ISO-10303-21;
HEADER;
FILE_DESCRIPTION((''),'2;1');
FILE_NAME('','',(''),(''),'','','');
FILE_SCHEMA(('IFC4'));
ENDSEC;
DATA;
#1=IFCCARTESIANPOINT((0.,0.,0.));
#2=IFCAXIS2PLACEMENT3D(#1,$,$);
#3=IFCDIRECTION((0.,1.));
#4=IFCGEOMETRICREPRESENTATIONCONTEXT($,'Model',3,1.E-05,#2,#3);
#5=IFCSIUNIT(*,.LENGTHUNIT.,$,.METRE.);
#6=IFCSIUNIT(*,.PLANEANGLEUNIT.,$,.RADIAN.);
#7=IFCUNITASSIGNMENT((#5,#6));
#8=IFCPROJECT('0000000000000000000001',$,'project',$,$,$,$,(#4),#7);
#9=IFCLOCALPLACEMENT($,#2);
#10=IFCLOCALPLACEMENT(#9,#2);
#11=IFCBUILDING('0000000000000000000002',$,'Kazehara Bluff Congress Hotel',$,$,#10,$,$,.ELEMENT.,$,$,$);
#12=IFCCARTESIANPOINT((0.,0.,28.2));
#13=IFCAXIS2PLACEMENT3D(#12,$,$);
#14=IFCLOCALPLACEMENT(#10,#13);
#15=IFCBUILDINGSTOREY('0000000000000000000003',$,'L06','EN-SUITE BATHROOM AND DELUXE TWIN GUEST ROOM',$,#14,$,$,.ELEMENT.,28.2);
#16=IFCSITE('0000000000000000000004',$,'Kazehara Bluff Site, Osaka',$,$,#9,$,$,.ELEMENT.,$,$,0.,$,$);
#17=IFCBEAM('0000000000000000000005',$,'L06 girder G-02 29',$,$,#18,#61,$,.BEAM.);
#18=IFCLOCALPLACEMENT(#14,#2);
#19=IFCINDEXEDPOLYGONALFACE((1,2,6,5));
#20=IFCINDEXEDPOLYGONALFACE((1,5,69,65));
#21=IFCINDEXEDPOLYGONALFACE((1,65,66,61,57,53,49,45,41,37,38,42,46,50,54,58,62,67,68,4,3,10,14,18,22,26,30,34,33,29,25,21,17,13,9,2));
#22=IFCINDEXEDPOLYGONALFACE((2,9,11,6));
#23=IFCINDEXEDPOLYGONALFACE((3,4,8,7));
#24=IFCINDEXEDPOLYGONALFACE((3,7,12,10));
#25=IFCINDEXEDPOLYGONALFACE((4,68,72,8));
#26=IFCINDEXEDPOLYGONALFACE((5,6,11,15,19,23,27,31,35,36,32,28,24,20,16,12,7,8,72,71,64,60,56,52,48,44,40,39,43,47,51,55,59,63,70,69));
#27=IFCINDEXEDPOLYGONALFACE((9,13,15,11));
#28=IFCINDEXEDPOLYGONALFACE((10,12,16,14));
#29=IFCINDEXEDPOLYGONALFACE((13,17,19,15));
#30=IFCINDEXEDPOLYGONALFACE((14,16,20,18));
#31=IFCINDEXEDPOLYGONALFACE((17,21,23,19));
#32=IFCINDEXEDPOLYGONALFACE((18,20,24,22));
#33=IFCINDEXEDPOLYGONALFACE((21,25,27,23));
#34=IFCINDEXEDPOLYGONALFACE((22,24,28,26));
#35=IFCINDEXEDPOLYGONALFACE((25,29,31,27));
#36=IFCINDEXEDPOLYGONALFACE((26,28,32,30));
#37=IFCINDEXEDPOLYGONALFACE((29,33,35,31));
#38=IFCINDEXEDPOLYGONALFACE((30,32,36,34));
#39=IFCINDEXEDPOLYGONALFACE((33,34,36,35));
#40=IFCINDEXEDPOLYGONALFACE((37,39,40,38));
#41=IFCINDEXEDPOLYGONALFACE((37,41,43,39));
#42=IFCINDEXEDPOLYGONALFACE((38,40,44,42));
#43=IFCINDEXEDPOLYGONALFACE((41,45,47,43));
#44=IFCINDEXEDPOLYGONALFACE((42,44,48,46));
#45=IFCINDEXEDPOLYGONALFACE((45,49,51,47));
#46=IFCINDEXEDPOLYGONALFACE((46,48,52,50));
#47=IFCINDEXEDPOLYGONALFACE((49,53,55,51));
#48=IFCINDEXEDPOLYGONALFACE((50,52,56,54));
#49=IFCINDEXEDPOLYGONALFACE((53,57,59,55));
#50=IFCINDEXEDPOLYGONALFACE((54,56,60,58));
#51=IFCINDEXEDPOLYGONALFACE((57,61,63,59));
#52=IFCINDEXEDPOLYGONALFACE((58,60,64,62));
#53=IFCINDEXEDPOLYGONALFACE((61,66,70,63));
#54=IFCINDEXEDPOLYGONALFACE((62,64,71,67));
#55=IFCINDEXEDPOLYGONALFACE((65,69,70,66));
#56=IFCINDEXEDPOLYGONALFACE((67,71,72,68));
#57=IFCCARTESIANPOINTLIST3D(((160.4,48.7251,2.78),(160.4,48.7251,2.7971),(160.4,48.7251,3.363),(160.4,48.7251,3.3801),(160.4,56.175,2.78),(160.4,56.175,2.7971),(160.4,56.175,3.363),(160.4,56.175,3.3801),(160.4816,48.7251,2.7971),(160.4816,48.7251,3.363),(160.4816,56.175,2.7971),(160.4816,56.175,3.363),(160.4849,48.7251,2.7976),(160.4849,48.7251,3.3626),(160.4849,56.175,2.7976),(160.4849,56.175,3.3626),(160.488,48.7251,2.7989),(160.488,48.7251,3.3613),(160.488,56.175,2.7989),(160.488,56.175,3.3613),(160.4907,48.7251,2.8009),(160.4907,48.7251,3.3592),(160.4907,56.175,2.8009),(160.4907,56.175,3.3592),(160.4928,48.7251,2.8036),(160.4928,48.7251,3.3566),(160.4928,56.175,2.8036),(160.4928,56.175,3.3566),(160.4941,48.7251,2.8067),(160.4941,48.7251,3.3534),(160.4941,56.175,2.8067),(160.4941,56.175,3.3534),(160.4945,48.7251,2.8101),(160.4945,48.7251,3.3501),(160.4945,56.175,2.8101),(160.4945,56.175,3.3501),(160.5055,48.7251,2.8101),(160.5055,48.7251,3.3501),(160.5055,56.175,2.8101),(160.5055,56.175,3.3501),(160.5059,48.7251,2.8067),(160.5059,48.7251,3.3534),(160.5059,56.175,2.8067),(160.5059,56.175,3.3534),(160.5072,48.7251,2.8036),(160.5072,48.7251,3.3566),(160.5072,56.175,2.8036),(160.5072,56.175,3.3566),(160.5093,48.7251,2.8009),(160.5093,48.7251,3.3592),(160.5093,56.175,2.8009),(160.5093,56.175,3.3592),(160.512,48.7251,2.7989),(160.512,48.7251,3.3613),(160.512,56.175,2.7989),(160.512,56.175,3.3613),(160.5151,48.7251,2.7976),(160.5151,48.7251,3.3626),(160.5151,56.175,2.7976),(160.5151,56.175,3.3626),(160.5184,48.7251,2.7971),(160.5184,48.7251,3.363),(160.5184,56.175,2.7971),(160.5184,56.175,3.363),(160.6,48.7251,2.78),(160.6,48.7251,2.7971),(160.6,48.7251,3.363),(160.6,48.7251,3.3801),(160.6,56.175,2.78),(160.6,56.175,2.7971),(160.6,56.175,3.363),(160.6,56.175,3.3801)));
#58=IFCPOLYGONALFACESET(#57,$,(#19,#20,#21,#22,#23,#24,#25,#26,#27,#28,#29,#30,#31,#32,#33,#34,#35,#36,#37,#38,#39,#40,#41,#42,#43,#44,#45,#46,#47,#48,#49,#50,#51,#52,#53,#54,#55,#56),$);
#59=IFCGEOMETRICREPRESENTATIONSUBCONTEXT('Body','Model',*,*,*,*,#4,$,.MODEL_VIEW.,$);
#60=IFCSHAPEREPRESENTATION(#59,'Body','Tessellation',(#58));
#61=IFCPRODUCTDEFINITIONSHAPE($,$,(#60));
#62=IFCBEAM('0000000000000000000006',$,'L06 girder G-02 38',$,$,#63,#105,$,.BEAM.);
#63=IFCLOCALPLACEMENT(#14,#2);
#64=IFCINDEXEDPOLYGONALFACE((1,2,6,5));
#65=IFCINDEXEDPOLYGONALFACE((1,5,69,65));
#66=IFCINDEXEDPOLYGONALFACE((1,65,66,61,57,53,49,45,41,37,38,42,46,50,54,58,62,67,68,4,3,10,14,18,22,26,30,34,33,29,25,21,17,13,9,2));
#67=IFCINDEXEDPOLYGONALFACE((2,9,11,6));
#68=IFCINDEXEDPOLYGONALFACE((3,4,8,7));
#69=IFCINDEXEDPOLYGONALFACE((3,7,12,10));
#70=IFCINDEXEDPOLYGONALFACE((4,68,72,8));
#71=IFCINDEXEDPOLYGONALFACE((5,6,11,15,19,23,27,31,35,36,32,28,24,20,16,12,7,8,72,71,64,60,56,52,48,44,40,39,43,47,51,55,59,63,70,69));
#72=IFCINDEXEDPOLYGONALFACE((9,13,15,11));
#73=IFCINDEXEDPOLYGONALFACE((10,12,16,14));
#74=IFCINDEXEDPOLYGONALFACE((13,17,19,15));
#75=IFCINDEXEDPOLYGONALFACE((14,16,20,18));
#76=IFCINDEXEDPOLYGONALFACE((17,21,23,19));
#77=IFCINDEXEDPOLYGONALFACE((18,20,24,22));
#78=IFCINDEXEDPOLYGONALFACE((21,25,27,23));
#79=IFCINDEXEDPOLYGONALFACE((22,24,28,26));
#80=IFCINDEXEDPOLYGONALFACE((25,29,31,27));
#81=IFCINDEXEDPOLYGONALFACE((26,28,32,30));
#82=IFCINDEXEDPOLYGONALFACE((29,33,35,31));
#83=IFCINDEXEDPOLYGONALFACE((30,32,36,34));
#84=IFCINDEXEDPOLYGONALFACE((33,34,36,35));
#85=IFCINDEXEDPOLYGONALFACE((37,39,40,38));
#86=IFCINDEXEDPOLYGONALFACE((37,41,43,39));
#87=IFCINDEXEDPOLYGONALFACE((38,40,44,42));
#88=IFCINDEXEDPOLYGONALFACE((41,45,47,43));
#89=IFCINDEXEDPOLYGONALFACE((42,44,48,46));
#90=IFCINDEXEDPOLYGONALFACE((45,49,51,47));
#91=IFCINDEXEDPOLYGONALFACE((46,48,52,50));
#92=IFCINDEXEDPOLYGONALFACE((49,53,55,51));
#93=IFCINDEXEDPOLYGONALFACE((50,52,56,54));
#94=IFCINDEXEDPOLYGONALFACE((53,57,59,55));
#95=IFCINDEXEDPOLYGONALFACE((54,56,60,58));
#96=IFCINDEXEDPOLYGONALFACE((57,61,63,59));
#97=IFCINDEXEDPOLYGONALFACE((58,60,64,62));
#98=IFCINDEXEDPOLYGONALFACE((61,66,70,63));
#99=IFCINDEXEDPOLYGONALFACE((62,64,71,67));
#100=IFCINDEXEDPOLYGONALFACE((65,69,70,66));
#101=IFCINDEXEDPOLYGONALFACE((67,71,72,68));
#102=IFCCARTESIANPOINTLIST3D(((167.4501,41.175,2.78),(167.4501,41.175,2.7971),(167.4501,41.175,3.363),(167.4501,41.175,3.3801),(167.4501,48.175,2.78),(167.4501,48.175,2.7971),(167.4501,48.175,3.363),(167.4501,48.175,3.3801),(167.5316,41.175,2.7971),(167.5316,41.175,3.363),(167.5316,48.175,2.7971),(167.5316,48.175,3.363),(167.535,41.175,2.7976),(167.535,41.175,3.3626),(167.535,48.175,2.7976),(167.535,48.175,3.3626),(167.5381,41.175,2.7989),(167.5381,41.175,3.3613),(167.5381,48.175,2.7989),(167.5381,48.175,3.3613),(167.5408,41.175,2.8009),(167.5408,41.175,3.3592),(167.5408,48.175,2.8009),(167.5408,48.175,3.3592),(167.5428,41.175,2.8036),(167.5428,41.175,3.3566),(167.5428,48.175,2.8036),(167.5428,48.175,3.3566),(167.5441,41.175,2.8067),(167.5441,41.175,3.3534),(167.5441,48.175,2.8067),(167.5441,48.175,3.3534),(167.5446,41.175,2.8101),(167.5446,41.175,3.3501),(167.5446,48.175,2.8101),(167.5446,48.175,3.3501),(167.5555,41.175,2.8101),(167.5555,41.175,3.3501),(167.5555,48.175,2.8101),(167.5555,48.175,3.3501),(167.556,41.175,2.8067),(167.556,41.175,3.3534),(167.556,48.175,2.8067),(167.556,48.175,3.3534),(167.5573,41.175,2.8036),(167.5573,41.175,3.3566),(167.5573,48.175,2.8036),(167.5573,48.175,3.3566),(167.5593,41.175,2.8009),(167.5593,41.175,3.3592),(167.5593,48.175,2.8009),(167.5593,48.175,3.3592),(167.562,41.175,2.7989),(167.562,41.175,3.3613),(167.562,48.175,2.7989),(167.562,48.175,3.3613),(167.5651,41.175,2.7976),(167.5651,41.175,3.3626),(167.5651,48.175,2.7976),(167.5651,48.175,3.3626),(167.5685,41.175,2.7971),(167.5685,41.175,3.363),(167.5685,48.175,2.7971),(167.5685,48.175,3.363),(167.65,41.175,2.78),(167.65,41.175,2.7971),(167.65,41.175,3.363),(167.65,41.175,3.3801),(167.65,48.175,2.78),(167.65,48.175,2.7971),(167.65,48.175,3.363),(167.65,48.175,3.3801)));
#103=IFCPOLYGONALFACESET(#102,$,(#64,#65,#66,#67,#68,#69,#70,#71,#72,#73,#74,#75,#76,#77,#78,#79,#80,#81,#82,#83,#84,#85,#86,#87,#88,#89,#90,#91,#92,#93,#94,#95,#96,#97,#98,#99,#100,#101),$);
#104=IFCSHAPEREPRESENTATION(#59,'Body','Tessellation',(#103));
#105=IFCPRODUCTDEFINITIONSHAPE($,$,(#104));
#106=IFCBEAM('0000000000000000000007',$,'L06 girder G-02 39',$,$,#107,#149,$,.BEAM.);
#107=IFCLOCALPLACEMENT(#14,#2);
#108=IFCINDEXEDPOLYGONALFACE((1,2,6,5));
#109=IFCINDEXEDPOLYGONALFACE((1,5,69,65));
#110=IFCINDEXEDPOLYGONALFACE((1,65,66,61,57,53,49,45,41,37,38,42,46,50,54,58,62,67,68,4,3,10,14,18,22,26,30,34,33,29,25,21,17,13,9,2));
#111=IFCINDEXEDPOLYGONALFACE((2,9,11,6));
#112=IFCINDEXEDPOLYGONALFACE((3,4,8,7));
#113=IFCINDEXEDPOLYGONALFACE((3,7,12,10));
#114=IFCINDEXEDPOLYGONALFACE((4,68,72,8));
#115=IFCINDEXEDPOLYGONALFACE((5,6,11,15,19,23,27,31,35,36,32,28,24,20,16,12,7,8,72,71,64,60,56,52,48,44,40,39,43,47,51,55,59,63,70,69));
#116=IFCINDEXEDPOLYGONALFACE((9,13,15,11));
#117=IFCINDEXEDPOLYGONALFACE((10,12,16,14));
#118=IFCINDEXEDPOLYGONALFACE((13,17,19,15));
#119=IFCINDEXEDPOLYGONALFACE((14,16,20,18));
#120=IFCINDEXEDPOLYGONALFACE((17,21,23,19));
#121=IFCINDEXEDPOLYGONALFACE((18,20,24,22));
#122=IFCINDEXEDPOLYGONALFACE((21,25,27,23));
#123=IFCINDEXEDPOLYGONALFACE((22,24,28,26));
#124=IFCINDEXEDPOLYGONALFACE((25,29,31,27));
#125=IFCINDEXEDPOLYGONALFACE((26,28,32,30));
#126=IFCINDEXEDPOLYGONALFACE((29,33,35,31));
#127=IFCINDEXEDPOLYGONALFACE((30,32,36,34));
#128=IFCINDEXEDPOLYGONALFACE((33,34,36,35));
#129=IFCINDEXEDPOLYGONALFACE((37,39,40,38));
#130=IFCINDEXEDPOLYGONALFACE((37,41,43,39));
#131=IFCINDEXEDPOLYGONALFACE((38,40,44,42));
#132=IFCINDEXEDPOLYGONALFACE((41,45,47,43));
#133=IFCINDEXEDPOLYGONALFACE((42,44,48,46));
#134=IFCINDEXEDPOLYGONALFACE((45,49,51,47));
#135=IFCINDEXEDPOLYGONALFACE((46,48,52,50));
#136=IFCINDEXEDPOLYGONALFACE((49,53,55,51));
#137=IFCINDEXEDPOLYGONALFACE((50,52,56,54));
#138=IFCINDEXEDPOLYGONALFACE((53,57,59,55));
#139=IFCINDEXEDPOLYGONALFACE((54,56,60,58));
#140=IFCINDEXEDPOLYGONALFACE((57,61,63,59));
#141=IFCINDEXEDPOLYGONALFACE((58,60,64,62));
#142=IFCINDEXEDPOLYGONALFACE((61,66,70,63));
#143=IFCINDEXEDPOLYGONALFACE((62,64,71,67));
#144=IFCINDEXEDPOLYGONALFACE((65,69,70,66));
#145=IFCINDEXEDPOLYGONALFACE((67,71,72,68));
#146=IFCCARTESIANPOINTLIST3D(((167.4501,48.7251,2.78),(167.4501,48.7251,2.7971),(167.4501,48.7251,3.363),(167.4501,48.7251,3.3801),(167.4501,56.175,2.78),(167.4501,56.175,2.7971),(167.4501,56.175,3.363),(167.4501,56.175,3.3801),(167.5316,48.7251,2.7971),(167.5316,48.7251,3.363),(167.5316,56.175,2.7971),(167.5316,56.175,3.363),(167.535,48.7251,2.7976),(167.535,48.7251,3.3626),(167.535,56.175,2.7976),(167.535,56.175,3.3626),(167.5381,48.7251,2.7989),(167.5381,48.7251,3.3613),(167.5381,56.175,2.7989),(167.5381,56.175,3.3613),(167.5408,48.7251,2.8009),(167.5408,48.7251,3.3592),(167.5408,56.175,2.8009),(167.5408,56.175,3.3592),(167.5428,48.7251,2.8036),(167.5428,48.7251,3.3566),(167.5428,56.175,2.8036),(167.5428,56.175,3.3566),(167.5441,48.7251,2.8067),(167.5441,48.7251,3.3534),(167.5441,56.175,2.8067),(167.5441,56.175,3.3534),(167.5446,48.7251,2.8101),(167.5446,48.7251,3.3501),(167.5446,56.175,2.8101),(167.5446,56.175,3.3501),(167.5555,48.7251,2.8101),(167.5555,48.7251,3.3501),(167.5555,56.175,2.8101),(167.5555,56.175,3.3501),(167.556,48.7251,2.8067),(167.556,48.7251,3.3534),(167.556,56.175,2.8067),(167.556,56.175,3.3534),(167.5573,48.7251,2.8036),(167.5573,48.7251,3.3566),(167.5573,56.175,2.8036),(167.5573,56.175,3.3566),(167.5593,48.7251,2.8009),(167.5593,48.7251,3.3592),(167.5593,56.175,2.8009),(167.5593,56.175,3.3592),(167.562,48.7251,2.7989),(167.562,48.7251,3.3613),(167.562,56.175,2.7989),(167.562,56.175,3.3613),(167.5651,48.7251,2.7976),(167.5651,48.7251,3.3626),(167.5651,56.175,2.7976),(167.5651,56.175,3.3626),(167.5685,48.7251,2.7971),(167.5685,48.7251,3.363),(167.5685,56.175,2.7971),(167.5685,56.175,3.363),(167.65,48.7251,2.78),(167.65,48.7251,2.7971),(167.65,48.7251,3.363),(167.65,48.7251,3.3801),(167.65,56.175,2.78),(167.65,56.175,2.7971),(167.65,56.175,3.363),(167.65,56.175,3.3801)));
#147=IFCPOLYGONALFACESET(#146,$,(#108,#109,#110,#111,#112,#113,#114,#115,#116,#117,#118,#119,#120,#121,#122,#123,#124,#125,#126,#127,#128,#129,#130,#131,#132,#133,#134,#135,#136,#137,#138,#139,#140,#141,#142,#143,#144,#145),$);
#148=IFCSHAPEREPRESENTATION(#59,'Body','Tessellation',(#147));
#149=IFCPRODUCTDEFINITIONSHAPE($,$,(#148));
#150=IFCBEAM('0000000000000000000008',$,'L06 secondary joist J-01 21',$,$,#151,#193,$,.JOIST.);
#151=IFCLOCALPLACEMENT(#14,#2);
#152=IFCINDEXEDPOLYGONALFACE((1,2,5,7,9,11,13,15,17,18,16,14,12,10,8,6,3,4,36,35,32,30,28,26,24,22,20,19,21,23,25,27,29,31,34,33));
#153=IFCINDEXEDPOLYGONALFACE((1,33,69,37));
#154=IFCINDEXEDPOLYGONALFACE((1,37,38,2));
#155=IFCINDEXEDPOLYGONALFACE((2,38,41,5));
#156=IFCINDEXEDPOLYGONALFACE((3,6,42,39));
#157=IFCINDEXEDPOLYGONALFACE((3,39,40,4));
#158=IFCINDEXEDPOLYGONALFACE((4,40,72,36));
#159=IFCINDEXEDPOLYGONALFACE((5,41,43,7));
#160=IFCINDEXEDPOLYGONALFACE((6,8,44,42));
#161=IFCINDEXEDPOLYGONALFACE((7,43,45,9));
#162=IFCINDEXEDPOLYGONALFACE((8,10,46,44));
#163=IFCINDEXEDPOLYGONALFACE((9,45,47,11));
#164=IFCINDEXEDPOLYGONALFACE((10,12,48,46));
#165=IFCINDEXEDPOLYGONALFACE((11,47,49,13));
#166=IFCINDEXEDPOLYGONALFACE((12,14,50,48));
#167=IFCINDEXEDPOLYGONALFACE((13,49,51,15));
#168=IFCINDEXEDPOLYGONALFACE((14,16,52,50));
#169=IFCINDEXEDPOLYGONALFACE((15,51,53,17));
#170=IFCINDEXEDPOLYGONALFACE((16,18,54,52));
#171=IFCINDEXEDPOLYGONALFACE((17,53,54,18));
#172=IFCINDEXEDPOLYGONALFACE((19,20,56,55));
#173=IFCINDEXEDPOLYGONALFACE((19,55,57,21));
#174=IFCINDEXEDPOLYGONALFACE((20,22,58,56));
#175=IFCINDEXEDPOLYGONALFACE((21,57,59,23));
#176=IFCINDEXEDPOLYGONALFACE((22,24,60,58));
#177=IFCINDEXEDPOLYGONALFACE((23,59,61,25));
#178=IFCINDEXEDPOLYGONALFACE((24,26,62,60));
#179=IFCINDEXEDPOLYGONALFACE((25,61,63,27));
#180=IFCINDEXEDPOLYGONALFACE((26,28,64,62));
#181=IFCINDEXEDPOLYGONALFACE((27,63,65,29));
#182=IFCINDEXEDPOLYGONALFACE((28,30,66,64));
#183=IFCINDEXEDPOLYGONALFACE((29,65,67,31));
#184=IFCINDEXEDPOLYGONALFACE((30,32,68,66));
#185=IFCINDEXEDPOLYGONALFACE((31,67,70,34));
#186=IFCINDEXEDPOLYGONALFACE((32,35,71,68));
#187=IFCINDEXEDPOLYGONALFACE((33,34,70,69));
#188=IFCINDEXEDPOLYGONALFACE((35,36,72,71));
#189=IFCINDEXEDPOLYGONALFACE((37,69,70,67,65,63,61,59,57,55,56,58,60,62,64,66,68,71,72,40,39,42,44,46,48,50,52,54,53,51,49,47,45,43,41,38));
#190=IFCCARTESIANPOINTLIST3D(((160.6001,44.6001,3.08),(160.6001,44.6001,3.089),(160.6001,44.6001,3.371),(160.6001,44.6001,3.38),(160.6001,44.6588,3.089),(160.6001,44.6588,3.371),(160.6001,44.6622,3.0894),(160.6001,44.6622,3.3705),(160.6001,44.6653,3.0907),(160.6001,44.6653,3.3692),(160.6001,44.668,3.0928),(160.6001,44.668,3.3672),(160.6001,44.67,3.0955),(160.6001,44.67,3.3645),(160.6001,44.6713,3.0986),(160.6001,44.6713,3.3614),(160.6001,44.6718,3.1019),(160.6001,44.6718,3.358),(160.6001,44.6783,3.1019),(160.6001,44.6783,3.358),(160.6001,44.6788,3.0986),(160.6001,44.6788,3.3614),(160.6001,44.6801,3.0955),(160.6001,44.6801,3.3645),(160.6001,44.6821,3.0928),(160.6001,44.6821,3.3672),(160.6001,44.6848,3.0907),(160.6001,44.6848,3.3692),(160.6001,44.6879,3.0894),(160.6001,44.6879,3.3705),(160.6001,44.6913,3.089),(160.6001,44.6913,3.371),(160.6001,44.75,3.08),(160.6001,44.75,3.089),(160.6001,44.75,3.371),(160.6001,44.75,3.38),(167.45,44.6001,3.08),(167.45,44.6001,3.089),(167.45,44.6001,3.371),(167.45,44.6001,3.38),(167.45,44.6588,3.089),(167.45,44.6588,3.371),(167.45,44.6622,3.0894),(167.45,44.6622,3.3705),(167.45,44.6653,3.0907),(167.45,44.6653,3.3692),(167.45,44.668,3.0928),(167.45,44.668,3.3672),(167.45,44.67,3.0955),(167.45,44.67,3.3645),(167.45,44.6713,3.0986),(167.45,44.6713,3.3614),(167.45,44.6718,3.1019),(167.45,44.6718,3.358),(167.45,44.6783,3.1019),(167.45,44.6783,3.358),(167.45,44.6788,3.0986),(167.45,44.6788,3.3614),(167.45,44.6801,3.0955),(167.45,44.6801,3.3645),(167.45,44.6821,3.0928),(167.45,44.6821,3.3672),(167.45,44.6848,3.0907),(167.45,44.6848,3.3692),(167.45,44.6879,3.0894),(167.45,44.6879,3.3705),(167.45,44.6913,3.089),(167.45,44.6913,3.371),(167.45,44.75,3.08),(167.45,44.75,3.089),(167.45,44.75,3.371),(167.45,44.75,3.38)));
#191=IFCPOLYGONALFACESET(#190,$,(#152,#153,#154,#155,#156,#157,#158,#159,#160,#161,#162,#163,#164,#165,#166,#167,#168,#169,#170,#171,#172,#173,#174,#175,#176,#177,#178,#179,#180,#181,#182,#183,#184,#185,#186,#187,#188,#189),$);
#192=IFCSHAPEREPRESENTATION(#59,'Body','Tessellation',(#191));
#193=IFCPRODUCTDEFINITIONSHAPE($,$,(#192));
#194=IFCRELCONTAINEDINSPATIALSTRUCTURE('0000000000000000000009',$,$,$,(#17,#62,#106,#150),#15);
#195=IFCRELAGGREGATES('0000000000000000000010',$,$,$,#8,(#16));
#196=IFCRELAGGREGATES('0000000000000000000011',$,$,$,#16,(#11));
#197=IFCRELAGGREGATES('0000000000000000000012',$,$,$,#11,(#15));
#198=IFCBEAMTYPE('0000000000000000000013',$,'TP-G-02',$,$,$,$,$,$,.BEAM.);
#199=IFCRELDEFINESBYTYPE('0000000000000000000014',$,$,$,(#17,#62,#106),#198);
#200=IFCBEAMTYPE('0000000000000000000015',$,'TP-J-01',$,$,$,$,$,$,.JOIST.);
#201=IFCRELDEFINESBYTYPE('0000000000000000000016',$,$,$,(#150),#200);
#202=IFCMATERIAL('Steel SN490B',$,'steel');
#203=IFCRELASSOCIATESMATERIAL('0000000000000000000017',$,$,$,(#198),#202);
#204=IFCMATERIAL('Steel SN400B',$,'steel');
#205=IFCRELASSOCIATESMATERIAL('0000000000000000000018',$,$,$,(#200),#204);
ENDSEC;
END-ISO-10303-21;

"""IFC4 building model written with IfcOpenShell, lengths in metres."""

from ifc_helpers import new_model, si_unit, direction, frame, origin, origin_2d, place, context, subcontext, project, spatial, i_section, extrude, material, material_profile, profile_set, type_object, element, save


model = new_model("IFC4")

# Units and contexts
model_context = context("Model", 3, precision=1e-05, world=origin(), true_north=direction((0.0, 1.0)))
body_context = subcontext(model_context, "Body", "Model", "MODEL_VIEW")
ifc_project = project(units=[si_unit("LENGTHUNIT", "METRE"), si_unit("PLANEANGLEUNIT", "RADIAN")], contexts=[model_context])

# Site, building, storey
site_placement = place(None, origin())
site = spatial("IfcSite", under=ifc_project, at=site_placement, Name="Kazehara Bluff Site, Osaka", CompositionType="ELEMENT", RefElevation=0.0)
building_placement = place(site_placement, origin())
building = spatial("IfcBuilding", under=site, at=building_placement, Name="Kazehara Bluff Congress Hotel", CompositionType="ELEMENT")
storey_placement = place(building_placement, frame((0.0, 0.0, 28.2)))
storey = spatial("IfcBuildingStorey", under=building, at=storey_placement, Name="L06", Description="EN-SUITE BATHROOM AND DELUXE TWIN GUEST ROOM", CompositionType="ELEMENT", Elevation=28.2)

# Beams
ifc_material_1 = material(Name="Steel SN490B", Category="steel")
ifc_material_profile_1 = material_profile(ifc_material_1, i_section(OverallWidth=0.2, OverallDepth=0.6001, WebThickness=0.011, FlangeThickness=0.0171, FilletRadius=0.0129, at=origin_2d()))
ifc_profile_set_1 = profile_set([ifc_material_profile_1], Name="Steel SN490B")
beam_type_1 = type_object("IfcBeamType", Name="TP-G-02", PredefinedType="BEAM", material=ifc_profile_set_1)
beam_1_placement = place(storey_placement, frame((160.5, 48.7251, 3.0801), z_axis=(0.0, 1.0, 0.0), x_axis=(-1.0, 0.0, 0.0)))
element("IfcBeam", 1, at=beam_1_placement, inside=storey, type_object=beam_type_1, Name="L06 girder G-02 29", PredefinedType="BEAM", context=body_context, shape_type="SweptSolid", body=[
    extrude(i_section(OverallWidth=0.2, OverallDepth=0.6001, WebThickness=0.011, FlangeThickness=0.0171, FilletRadius=0.0129, at=origin_2d()), origin(), (0.0, 0.0, 1.0), 7.45),
])
beam_2_placement = place(storey_placement, frame((167.55, 41.175, 3.0801), z_axis=(0.0, 1.0, 0.0), x_axis=(-1.0, 0.0, 0.0)))
element("IfcBeam", 2, at=beam_2_placement, inside=storey, type_object=beam_type_1, Name="L06 girder G-02 38", PredefinedType="BEAM", context=body_context, shape_type="SweptSolid", body=[
    extrude(i_section(OverallWidth=0.2, OverallDepth=0.6001, WebThickness=0.011, FlangeThickness=0.0171, FilletRadius=0.0129, at=origin_2d()), origin(), (0.0, 0.0, 1.0), 7.0),
])
beam_3_placement = place(storey_placement, frame((167.55, 48.7251, 3.0801), z_axis=(0.0, 1.0, 0.0), x_axis=(-1.0, 0.0, 0.0)))
element("IfcBeam", 3, at=beam_3_placement, inside=storey, type_object=beam_type_1, Name="L06 girder G-02 39", PredefinedType="BEAM", context=body_context, shape_type="SweptSolid", body=[
    extrude(i_section(OverallWidth=0.2, OverallDepth=0.6001, WebThickness=0.011, FlangeThickness=0.0171, FilletRadius=0.0129, at=origin_2d()), origin(), (0.0, 0.0, 1.0), 7.45),
])
ifc_material_2 = material(Name="Steel SN400B", Category="steel")
ifc_material_profile_2 = material_profile(ifc_material_2, i_section(OverallWidth=0.1499, OverallDepth=0.3, WebThickness=0.0066, FlangeThickness=0.009, FilletRadius=0.0129, at=origin_2d()))
ifc_profile_set_2 = profile_set([ifc_material_profile_2], Name="Steel SN400B")
beam_type_2 = type_object("IfcBeamType", Name="TP-J-01", PredefinedType="JOIST", material=ifc_profile_set_2)
beam_4_placement = place(storey_placement, frame((160.6001, 44.675, 3.23), z_axis=(1.0, 0.0, 0.0), x_axis=(0.0, 1.0, 0.0)))
element("IfcBeam", 4, at=beam_4_placement, inside=storey, type_object=beam_type_2, Name="L06 secondary joist J-01 21", PredefinedType="JOIST", context=body_context, shape_type="SweptSolid", body=[
    extrude(i_section(OverallWidth=0.1499, OverallDepth=0.3, WebThickness=0.0066, FlangeThickness=0.009, FilletRadius=0.0129, at=origin_2d()), origin(), (0.0, 0.0, 1.0), 6.8499),
])

save(model, "model.ifc")
